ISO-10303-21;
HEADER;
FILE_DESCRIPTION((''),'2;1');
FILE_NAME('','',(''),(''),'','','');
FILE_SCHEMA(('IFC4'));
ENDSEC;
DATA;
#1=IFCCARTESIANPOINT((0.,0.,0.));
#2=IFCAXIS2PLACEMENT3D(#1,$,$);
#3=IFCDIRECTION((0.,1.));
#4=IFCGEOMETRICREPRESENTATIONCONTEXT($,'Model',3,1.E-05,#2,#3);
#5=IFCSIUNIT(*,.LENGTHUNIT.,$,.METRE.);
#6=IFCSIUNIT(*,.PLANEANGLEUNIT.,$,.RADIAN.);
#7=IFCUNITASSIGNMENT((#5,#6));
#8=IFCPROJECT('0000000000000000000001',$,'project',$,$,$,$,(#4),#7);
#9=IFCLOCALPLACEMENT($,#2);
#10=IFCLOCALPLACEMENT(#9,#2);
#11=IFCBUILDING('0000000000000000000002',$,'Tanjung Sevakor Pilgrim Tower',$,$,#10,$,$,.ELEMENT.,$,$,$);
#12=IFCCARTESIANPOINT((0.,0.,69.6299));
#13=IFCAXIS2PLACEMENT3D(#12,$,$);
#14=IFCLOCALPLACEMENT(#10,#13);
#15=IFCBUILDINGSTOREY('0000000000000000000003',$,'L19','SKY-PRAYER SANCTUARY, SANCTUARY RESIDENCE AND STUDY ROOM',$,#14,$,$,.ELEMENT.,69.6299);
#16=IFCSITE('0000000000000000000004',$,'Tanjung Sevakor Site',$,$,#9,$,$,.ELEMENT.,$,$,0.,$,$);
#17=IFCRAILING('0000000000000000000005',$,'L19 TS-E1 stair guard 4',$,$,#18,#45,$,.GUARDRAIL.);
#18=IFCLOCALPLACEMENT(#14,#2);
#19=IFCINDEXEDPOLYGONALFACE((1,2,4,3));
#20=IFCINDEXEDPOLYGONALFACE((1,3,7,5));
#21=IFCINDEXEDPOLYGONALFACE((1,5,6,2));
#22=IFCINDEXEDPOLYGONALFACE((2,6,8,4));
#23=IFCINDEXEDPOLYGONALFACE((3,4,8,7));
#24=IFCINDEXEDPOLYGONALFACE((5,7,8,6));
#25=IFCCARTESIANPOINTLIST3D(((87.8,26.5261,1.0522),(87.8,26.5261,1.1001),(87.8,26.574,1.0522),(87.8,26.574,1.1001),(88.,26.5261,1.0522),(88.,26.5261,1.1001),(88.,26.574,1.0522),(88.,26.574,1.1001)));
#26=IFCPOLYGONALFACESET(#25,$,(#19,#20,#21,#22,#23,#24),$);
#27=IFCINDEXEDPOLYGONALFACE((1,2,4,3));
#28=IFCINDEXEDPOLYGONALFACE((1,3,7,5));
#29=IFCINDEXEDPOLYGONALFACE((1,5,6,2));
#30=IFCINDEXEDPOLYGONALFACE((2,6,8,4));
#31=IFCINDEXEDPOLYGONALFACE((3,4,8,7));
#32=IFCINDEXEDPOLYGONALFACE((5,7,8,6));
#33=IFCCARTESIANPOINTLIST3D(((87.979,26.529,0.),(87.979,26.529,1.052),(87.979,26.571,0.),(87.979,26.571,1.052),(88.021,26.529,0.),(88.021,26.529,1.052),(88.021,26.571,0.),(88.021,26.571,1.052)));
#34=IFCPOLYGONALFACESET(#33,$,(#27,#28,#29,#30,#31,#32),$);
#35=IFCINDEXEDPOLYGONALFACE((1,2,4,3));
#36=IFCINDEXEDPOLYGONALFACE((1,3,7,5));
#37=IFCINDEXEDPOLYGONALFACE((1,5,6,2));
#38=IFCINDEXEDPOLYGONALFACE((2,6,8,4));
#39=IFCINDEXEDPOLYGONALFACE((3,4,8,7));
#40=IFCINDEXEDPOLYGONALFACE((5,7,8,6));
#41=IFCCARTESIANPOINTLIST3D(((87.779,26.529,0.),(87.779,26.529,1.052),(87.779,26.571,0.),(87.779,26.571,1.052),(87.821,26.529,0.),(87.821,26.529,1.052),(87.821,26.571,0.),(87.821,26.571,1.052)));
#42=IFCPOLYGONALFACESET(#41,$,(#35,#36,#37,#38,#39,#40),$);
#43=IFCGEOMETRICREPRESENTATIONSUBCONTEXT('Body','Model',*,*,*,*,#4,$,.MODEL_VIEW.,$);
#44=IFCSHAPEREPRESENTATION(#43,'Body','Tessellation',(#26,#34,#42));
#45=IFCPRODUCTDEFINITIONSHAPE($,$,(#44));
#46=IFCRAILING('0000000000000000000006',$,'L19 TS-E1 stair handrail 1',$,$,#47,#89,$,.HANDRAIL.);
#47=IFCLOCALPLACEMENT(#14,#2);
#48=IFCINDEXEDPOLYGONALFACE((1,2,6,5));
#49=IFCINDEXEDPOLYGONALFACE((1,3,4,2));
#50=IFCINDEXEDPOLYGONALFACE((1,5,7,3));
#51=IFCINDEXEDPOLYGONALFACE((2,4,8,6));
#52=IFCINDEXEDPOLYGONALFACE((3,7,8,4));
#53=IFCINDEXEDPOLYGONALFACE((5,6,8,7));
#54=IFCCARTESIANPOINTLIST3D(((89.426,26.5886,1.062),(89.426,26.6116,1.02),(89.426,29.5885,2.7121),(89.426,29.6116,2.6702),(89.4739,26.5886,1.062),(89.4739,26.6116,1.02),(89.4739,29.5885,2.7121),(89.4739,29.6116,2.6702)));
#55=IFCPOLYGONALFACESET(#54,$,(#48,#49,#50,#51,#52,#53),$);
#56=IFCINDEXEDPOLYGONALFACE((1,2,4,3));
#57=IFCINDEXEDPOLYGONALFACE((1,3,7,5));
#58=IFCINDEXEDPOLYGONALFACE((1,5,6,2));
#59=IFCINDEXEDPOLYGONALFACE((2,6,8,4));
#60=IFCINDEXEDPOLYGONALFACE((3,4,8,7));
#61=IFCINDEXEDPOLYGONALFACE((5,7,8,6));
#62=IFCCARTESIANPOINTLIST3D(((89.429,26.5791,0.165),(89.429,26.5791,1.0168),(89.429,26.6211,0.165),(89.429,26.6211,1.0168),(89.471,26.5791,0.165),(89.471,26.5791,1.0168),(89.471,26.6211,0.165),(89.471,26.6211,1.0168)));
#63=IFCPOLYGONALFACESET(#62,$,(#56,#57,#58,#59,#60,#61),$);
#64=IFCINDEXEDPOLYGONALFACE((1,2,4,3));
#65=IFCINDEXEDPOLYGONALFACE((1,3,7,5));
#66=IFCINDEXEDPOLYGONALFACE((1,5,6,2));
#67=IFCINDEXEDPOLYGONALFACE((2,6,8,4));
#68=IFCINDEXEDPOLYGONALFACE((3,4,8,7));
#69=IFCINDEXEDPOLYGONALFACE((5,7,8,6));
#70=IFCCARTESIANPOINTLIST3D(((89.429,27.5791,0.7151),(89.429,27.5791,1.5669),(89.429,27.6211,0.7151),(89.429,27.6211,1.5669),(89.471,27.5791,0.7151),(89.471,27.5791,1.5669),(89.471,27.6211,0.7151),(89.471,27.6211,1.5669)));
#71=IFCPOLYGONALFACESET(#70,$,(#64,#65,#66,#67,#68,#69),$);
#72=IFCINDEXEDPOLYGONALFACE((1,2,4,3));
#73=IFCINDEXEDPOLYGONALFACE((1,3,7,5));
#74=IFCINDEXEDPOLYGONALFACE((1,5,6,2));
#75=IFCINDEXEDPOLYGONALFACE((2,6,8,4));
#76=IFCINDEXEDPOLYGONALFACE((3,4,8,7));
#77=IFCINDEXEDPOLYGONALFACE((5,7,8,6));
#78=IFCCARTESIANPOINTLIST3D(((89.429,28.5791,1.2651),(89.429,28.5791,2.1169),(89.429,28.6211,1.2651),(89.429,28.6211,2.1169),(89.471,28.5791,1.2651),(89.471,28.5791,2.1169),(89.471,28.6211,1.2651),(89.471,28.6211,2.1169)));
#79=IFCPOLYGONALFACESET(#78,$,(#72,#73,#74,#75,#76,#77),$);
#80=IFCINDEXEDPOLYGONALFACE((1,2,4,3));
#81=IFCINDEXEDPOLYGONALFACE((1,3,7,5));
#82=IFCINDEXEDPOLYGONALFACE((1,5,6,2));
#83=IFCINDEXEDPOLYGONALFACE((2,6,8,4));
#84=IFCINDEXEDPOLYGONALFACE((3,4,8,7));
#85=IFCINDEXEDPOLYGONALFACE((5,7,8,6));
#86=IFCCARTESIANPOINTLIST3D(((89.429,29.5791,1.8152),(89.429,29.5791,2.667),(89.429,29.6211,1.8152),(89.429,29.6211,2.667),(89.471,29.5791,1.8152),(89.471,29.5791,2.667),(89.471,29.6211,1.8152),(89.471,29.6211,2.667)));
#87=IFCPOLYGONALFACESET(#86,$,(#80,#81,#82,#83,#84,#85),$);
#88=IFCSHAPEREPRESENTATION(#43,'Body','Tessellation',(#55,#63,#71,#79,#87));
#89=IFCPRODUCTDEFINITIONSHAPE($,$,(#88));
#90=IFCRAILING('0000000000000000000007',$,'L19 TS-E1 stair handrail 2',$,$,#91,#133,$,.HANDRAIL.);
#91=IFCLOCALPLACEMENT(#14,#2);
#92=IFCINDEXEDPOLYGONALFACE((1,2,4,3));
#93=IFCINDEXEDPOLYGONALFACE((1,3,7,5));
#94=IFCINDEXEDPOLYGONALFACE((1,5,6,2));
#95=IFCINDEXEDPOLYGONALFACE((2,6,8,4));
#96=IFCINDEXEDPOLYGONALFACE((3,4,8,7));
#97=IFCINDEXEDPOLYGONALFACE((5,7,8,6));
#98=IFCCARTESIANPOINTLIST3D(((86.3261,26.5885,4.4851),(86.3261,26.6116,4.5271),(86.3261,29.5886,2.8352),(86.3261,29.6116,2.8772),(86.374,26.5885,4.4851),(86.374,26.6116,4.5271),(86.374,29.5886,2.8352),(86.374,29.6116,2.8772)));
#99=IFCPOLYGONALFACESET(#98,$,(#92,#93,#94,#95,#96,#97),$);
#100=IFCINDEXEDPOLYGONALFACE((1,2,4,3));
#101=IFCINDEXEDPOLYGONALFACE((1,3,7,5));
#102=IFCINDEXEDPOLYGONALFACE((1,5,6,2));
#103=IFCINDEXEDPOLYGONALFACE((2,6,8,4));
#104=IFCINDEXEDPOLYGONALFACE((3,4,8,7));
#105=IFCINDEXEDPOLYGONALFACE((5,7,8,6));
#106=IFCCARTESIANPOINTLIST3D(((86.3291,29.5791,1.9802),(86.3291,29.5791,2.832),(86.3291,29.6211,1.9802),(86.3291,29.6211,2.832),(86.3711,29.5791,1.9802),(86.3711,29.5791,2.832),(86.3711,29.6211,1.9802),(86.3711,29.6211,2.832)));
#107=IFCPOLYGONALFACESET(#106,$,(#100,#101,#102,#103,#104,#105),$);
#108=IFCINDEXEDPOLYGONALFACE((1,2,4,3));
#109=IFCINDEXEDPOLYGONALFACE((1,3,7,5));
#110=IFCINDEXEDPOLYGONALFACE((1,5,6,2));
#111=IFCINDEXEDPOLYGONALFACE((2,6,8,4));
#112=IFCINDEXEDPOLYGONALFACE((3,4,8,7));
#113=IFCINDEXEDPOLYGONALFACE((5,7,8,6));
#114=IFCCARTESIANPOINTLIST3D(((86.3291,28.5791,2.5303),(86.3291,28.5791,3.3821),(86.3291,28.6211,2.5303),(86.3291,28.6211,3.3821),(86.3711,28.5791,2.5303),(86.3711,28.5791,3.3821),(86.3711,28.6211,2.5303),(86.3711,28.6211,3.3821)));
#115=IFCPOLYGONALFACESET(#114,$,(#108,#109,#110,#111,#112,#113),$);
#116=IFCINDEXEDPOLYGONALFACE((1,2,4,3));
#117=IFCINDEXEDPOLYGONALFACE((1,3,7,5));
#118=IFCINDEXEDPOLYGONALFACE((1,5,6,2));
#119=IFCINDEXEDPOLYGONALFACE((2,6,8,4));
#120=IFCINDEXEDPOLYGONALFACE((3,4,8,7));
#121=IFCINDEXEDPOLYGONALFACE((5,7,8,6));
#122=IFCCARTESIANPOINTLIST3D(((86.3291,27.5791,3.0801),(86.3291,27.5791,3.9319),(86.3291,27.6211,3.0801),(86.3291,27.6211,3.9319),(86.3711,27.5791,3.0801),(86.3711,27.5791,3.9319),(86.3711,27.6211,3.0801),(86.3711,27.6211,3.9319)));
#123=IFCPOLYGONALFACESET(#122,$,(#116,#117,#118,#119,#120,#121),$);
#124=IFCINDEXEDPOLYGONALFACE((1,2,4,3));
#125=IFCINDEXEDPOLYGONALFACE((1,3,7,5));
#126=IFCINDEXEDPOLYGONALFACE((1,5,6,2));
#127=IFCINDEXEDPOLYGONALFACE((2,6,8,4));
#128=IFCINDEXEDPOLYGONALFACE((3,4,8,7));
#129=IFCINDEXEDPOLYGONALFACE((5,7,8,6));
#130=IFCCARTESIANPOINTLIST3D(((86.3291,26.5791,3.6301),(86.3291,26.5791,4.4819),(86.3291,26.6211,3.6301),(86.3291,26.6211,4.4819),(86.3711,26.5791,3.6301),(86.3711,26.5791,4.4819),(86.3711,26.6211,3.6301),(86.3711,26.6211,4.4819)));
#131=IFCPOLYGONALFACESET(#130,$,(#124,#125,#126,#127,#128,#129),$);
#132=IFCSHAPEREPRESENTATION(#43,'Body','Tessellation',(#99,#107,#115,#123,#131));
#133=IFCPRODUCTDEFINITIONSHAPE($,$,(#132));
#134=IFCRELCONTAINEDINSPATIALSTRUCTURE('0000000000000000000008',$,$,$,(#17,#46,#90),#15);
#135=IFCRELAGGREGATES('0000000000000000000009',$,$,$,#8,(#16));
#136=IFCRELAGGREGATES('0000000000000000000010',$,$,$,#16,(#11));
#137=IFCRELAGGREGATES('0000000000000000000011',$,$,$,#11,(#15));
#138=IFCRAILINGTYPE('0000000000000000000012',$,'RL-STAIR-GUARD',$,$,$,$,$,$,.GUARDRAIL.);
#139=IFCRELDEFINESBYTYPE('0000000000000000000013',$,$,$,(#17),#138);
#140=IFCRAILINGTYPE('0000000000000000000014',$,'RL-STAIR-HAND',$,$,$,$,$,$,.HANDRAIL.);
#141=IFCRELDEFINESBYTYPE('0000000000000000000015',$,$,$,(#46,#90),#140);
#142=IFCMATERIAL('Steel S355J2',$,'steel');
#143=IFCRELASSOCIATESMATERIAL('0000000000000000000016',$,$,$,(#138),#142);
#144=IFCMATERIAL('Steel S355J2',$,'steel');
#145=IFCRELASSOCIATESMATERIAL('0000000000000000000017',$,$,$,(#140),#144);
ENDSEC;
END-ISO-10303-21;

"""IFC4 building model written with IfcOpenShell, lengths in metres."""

from ifc_helpers import new_model, si_unit, direction, frame, origin, place, context, subcontext, project, spatial, rectangle, extrude, material, type_object, element, save


model = new_model("IFC4")

# Units and contexts
model_context = context("Model", 3, precision=1e-05, world=origin(), true_north=direction((0.0, 1.0)))
body_context = subcontext(model_context, "Body", "Model", "MODEL_VIEW")
ifc_project = project(units=[si_unit("LENGTHUNIT", "METRE"), si_unit("PLANEANGLEUNIT", "RADIAN")], contexts=[model_context])

# Site, building, storey
site_placement = place(None, origin())
site = spatial("IfcSite", under=ifc_project, at=site_placement, Name="Tanjung Sevakor Site", CompositionType="ELEMENT", RefElevation=0.0)
building_placement = place(site_placement, origin())
building = spatial("IfcBuilding", under=site, at=building_placement, Name="Tanjung Sevakor Pilgrim Tower", CompositionType="ELEMENT")
storey_placement = place(building_placement, frame((0.0, 0.0, 69.6299)))
storey = spatial("IfcBuildingStorey", under=building, at=storey_placement, Name="L19", Description="SKY-PRAYER SANCTUARY, SANCTUARY RESIDENCE AND STUDY ROOM", CompositionType="ELEMENT", Elevation=69.6299)

# Railings
ifc_material_1 = material(Name="Steel S355J2", Category="steel")
railing_type_1 = type_object("IfcRailingType", Name="RL-STAIR-GUARD", PredefinedType="GUARDRAIL", material=ifc_material_1)
railing_1_placement = place(storey_placement, frame((88.0, 26.55, 0.0)))
element("IfcRailing", 1, at=railing_1_placement, inside=storey, type_object=railing_type_1, Name="L19 TS-E1 stair guard 4", PredefinedType="GUARDRAIL", context=body_context, shape_type="SweptSolid", body=[
    extrude(rectangle(XDim=0.0479, YDim=0.0479), frame((0.0, 0.0, 1.0762), z_axis=(-1.0, 0.0, 0.0), x_axis=(0.0, -1.0, 0.0)), (0.0, 0.0, 1.0), 0.2),
    extrude(rectangle(XDim=0.042, YDim=0.042), origin(), (0.0, 0.0, 1.0), 1.052),
    extrude(rectangle(XDim=0.042, YDim=0.042), frame((-0.2, 0.0, 0.0)), (0.0, 0.0, 1.0), 1.052),
])
ifc_material_2 = material(Name="Steel S355J2", Category="steel")
railing_type_2 = type_object("IfcRailingType", Name="RL-STAIR-HAND", PredefinedType="HANDRAIL", material=ifc_material_2)
railing_2_placement = place(storey_placement, frame((89.45, 26.6001, 0.165)))
element("IfcRailing", 2, at=railing_2_placement, inside=storey, type_object=railing_type_2, Name="L19 TS-E1 stair handrail 1", PredefinedType="HANDRAIL", context=body_context, shape_type="SweptSolid", body=[
    extrude(rectangle(XDim=0.0479, YDim=0.0479), frame((0.0, 0.0, 0.876), z_axis=(0.0, 0.876198, 0.481952), x_axis=(-1.0, 0.0, 0.0)), (0.0, 0.0, 1.0), 3.4238),
    extrude(rectangle(XDim=0.042, YDim=0.042), origin(), (0.0, 0.0, 1.0), 0.8518),
    extrude(rectangle(XDim=0.042, YDim=0.042), frame((0.0, 1.0, 0.55)), (0.0, 0.0, 1.0), 0.8518),
    extrude(rectangle(XDim=0.042, YDim=0.042), frame((0.0, 2.0, 1.1001)), (0.0, 0.0, 1.0), 0.8518),
    extrude(rectangle(XDim=0.042, YDim=0.042), frame((0.0, 3.0, 1.6501)), (0.0, 0.0, 1.0), 0.8518),
])
railing_3_placement = place(storey_placement, frame((86.3501, 29.6001, 1.9802)))
element("IfcRailing", 3, at=railing_3_placement, inside=storey, type_object=railing_type_2, Name="L19 TS-E1 stair handrail 2", PredefinedType="HANDRAIL", context=body_context, shape_type="SweptSolid", body=[
    extrude(rectangle(XDim=0.0479, YDim=0.0479), frame((0.0, 0.0, 0.876), z_axis=(0.0, -0.876228, 0.481897), x_axis=(1.0, 0.0, 0.0)), (0.0, 0.0, 1.0), 3.4238),
    extrude(rectangle(XDim=0.042, YDim=0.042), origin(), (0.0, 0.0, 1.0), 0.8518),
    extrude(rectangle(XDim=0.042, YDim=0.042), frame((0.0, -1.0, 0.55)), (0.0, 0.0, 1.0), 0.8518),
    extrude(rectangle(XDim=0.042, YDim=0.042), frame((0.0, -2.0, 1.0999)), (0.0, 0.0, 1.0), 0.8518),
    extrude(rectangle(XDim=0.042, YDim=0.042), frame((0.0, -3.0, 1.6499)), (0.0, 0.0, 1.0), 0.8518),
])

save(model, "model.ifc")
